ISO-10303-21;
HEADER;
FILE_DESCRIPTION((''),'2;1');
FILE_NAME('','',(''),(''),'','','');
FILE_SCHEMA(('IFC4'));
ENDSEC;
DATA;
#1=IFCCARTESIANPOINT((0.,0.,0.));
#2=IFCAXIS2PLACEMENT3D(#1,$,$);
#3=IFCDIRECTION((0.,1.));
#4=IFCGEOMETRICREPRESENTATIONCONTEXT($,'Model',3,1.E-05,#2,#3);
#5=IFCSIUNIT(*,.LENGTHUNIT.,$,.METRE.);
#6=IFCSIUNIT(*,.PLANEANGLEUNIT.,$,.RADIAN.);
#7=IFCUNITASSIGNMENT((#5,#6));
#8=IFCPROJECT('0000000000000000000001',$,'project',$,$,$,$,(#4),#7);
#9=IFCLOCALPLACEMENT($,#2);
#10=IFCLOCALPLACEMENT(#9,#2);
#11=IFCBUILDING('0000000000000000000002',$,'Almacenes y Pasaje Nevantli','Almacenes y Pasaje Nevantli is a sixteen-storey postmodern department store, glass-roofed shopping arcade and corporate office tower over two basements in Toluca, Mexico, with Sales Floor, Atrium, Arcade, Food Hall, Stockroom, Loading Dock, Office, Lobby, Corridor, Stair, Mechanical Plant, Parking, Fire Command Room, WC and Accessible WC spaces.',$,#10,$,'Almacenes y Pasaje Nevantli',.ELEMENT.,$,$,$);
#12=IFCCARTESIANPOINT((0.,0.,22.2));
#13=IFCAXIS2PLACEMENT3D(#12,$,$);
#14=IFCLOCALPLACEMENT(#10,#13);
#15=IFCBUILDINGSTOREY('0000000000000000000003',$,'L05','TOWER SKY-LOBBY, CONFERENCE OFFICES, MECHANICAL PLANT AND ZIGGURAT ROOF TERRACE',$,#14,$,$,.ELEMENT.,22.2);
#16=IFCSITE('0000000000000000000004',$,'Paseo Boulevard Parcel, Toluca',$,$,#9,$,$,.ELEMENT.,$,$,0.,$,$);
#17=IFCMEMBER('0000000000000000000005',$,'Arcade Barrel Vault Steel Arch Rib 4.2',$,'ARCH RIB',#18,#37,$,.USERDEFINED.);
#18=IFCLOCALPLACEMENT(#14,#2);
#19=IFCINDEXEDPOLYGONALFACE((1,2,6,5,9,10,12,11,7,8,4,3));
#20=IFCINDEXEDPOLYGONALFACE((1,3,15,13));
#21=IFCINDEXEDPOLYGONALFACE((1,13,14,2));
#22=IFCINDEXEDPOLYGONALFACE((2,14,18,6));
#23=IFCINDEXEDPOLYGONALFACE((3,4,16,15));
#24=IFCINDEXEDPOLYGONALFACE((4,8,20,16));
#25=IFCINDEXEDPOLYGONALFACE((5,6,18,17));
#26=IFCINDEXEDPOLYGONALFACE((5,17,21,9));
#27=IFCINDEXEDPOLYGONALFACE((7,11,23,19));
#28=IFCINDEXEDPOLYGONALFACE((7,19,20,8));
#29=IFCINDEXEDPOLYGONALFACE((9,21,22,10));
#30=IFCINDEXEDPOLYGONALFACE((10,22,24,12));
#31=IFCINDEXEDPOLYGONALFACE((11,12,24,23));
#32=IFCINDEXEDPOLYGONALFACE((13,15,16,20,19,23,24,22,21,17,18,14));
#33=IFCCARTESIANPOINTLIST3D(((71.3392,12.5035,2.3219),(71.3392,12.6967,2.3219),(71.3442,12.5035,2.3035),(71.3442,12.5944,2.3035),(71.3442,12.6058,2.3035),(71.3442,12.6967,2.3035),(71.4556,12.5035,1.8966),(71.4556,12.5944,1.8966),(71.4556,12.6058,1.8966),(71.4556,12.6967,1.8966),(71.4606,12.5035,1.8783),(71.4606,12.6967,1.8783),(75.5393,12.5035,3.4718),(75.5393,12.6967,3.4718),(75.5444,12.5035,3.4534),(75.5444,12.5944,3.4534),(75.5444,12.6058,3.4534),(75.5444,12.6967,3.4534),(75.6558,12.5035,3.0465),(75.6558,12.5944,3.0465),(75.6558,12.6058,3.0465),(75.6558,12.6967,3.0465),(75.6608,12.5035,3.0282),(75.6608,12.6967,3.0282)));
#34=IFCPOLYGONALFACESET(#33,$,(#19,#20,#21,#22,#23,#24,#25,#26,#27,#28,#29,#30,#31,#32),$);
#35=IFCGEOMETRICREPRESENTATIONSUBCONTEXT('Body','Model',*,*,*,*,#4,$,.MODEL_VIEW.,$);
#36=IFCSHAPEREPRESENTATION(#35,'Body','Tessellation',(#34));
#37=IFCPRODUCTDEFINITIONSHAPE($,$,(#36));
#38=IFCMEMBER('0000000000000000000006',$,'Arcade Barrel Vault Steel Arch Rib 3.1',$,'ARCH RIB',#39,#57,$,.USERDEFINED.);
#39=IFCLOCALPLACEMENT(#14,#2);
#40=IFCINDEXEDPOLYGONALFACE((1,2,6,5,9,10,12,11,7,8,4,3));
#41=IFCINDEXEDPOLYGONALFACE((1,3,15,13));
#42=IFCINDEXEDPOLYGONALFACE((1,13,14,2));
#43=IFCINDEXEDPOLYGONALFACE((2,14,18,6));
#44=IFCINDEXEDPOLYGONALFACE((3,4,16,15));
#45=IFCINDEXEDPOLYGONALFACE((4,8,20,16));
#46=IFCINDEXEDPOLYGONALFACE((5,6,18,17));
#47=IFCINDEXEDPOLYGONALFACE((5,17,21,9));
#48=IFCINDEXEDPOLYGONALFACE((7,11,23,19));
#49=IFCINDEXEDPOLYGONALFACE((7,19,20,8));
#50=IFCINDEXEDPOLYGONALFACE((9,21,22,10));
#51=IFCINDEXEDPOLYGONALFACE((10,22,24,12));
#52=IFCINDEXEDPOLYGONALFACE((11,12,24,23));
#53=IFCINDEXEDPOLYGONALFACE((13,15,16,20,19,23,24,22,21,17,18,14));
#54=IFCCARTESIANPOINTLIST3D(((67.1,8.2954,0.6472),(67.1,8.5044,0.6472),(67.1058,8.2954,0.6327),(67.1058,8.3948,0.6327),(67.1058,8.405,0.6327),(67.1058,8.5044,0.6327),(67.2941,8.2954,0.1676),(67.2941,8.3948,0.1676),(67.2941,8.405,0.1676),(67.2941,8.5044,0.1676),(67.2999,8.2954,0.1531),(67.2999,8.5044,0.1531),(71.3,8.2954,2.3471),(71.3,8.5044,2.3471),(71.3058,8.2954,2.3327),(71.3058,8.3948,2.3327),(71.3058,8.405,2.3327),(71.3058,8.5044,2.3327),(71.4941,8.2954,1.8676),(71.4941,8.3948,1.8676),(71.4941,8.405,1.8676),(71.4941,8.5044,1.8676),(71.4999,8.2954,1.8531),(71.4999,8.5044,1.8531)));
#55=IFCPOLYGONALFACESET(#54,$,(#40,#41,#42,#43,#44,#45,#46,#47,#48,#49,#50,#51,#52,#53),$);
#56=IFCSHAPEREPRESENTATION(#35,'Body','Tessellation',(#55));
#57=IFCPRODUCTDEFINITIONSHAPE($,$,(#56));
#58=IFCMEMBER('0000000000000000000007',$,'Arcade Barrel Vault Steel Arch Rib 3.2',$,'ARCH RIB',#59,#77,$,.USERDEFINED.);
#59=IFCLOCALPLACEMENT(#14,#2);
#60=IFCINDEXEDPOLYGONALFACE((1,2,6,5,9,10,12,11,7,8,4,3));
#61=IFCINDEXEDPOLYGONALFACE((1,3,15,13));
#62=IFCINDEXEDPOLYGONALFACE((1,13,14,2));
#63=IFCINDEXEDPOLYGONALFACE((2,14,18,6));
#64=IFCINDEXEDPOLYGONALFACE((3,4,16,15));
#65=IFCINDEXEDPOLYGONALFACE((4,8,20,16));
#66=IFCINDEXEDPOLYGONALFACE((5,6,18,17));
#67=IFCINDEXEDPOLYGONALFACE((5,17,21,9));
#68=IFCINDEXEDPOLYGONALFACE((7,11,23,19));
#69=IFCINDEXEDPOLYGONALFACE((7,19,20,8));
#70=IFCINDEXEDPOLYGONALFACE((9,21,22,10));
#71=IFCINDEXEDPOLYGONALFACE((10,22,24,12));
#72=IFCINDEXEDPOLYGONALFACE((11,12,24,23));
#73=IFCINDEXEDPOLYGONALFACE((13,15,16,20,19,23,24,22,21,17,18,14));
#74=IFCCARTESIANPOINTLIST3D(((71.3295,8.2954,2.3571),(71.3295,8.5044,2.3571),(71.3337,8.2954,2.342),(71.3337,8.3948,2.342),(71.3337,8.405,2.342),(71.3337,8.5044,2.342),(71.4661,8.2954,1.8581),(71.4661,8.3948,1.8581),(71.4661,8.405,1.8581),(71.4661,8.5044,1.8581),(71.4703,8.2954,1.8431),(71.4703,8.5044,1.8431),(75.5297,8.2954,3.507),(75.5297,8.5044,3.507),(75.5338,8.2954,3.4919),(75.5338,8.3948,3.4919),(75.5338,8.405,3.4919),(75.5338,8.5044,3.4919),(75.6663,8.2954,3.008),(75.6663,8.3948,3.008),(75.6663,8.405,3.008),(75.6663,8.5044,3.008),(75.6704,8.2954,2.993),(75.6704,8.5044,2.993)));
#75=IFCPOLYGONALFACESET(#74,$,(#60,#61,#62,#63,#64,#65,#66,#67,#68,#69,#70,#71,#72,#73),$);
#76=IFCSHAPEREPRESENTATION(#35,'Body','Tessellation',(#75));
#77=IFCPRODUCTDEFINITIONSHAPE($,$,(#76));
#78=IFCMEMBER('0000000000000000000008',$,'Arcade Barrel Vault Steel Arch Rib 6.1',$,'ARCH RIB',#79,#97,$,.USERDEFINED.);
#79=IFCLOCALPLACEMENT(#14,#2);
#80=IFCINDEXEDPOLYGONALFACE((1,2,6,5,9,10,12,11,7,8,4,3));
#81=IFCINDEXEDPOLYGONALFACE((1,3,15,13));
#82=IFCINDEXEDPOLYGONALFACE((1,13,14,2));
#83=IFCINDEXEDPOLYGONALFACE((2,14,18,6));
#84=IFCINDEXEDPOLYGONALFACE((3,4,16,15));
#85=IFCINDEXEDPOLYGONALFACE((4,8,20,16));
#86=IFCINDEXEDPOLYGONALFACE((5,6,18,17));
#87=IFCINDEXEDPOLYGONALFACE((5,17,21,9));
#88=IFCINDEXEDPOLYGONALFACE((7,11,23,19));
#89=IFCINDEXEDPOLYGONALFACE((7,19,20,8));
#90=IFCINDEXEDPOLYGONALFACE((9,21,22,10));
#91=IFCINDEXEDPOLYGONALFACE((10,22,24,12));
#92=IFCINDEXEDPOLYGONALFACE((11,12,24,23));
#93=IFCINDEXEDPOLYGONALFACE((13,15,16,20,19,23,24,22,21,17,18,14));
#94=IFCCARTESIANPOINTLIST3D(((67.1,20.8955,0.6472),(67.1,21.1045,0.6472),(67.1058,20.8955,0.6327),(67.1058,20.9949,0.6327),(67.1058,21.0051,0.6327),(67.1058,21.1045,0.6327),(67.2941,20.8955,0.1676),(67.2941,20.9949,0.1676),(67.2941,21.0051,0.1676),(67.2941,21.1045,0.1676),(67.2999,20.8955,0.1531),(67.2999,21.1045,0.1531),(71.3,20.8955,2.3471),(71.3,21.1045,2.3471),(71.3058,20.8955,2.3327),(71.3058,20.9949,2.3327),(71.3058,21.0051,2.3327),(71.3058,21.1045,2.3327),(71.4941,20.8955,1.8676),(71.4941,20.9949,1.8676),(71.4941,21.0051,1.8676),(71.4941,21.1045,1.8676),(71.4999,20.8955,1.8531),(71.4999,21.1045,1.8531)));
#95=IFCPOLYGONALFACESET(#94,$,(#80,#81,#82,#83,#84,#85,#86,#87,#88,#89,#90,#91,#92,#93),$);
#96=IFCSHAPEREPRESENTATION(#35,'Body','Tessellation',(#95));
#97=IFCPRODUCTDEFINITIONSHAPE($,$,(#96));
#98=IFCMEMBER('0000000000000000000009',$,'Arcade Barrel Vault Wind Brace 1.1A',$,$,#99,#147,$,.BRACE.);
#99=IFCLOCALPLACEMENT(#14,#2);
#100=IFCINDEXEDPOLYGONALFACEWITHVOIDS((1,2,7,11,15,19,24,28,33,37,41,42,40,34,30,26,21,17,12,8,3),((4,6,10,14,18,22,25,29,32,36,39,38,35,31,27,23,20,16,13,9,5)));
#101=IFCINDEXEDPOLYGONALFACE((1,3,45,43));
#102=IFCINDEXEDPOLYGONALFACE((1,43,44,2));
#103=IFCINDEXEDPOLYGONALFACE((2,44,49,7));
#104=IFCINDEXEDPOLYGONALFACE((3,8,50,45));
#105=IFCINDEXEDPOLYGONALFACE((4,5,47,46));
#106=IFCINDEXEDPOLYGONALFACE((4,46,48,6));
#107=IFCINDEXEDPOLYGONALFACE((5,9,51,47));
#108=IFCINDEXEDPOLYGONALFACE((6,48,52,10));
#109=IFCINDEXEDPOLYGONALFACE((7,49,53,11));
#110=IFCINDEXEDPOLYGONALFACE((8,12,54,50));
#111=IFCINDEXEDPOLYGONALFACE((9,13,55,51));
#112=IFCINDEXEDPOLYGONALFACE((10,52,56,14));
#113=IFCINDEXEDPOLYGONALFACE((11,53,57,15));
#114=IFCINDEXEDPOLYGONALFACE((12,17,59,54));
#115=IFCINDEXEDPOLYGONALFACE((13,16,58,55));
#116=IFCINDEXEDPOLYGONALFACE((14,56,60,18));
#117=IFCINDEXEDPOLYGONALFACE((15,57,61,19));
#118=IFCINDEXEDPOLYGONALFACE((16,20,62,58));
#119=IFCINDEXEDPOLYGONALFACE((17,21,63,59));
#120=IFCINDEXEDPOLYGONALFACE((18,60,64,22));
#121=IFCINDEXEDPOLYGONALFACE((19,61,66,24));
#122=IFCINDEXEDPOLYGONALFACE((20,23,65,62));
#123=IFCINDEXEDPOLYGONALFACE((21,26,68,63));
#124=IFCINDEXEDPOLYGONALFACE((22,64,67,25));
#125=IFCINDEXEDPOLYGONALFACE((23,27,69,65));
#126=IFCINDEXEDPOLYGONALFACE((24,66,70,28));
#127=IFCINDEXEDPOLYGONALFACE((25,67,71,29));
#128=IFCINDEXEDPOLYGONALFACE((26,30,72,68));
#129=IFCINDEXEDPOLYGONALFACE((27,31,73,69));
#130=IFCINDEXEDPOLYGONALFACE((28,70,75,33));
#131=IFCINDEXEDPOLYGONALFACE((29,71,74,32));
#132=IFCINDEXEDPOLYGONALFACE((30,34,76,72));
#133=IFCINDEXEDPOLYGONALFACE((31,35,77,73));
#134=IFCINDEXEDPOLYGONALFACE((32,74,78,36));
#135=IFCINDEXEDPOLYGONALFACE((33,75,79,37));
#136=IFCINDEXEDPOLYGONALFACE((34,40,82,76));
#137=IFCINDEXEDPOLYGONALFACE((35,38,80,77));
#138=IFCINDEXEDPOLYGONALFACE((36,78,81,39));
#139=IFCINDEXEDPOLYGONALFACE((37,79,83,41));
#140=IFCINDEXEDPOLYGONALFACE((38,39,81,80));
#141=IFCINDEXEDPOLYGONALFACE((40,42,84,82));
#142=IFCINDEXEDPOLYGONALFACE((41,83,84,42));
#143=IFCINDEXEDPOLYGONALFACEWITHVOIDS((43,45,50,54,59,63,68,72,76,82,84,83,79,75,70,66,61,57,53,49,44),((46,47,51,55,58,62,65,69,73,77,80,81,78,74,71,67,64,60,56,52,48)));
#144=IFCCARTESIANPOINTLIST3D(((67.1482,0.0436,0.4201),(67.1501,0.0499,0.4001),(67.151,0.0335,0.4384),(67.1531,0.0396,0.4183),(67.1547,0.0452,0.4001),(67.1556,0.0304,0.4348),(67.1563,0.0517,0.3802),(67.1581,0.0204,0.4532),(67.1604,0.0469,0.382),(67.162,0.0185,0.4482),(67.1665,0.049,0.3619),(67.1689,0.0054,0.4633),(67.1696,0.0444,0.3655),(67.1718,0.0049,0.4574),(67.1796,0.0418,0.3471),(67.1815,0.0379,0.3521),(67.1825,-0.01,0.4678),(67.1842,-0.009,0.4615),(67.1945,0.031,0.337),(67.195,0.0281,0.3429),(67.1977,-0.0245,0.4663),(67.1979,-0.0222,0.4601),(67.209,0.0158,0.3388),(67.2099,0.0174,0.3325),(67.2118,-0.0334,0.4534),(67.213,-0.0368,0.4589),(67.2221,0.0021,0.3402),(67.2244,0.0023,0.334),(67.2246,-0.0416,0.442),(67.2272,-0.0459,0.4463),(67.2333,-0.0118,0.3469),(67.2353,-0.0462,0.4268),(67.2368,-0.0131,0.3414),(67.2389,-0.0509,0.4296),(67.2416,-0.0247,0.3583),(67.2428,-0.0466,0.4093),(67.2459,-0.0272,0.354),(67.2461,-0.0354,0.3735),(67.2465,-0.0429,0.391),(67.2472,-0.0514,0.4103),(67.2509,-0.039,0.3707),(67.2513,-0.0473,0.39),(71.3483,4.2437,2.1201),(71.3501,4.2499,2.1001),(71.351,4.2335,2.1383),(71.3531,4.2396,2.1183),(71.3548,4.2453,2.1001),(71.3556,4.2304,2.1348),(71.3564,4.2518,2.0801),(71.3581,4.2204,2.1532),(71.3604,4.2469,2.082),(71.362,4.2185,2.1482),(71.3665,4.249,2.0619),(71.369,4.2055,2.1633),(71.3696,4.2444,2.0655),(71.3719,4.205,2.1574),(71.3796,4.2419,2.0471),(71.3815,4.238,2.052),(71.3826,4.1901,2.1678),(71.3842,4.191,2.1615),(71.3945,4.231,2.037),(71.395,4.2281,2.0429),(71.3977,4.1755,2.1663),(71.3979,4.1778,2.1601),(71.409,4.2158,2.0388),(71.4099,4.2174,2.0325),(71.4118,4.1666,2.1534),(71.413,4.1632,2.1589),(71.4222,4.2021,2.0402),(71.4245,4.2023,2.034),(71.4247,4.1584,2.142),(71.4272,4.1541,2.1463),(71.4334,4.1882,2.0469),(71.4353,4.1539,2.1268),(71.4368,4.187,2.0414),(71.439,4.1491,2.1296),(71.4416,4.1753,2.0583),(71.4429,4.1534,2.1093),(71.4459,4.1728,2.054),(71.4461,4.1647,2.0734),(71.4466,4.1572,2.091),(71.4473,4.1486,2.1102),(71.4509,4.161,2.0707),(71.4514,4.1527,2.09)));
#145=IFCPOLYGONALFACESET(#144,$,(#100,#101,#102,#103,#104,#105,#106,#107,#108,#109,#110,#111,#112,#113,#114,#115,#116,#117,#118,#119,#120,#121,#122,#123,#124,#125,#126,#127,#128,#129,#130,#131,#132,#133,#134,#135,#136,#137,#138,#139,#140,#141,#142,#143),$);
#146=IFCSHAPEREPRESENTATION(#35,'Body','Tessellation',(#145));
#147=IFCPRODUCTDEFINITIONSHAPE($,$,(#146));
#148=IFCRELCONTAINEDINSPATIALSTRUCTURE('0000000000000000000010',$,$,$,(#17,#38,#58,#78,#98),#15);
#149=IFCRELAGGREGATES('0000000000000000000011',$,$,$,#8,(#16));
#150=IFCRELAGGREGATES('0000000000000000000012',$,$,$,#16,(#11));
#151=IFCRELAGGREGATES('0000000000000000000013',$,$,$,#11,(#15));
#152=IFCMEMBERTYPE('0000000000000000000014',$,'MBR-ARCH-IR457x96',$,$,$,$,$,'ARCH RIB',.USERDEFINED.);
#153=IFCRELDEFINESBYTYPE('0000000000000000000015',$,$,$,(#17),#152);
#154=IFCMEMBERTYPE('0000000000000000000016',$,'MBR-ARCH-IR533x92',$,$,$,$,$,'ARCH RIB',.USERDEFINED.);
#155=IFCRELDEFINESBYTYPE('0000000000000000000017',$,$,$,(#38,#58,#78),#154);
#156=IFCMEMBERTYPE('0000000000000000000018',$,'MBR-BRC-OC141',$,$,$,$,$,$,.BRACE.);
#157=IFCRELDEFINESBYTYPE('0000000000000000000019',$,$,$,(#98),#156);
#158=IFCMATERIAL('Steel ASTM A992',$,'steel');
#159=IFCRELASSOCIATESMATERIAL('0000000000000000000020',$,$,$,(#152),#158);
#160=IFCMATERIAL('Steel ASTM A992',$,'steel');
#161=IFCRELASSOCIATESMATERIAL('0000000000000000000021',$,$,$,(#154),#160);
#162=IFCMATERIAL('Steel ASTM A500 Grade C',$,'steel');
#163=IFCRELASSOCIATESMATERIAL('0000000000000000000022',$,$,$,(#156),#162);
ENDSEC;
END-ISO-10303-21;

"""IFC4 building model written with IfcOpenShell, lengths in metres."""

from ifc_helpers import new_model, si_unit, direction, frame, origin, origin_2d, place, context, subcontext, project, spatial, hollow_circle, i_section, extrude, material, material_profile, profile_set, type_object, element, save


model = new_model("IFC4")

# Units and contexts
model_context = context("Model", 3, precision=1e-05, world=origin(), true_north=direction((0.0, 1.0)))
body_context = subcontext(model_context, "Body", "Model", "MODEL_VIEW")
ifc_project = project(units=[si_unit("LENGTHUNIT", "METRE"), si_unit("PLANEANGLEUNIT", "RADIAN")], contexts=[model_context])

# Site, building, storey
site_placement = place(None, origin())
site = spatial("IfcSite", under=ifc_project, at=site_placement, Name="Paseo Boulevard Parcel, Toluca", CompositionType="ELEMENT", RefElevation=0.0)
building_placement = place(site_placement, origin())
building = spatial("IfcBuilding", under=site, at=building_placement, Name="Almacenes y Pasaje Nevantli", Description="Almacenes y Pasaje Nevantli is a sixteen-storey postmodern department store, glass-roofed shopping arcade and corporate office tower over two basements in Toluca, Mexico, with Sales Floor, Atrium, Arcade, Food Hall, Stockroom, Loading Dock, Office, Lobby, Corridor, Stair, Mechanical Plant, Parking, Fire Command Room, WC and Accessible WC spaces.", LongName="Almacenes y Pasaje Nevantli", CompositionType="ELEMENT")
storey_placement = place(building_placement, frame((0.0, 0.0, 22.2)))
storey = spatial("IfcBuildingStorey", under=building, at=storey_placement, Name="L05", Description="TOWER SKY-LOBBY, CONFERENCE OFFICES, MECHANICAL PLANT AND ZIGGURAT ROOF TERRACE", CompositionType="ELEMENT", Elevation=22.2)

# Members
ifc_material_1 = material(Name="Steel ASTM A992", Category="steel")
ifc_material_profile_1 = material_profile(ifc_material_1, i_section(OverallWidth=0.1931, OverallDepth=0.46, WebThickness=0.0115, FlangeThickness=0.019, at=origin_2d()), Name="IR 457x96.7")
ifc_profile_set_1 = profile_set([ifc_material_profile_1], Name="Steel ASTM A992")
member_type_1 = type_object("IfcMemberType", Name="MBR-ARCH-IR457x96", ElementType="ARCH RIB", PredefinedType="USERDEFINED", material=ifc_profile_set_1)
member_1_placement = place(storey_placement, frame((71.3999, 12.6001, 2.1001), z_axis=(0.964507, 0.0, 0.264057), x_axis=(0.0, 1.0, 0.0)))
element("IfcMember", 1, at=member_1_placement, inside=storey, type_object=member_type_1, Name="Arcade Barrel Vault Steel Arch Rib 4.2", ObjectType="ARCH RIB", PredefinedType="USERDEFINED", context=body_context, shape_type="SweptSolid", body=[
    extrude(i_section(OverallWidth=0.1931, OverallDepth=0.46, WebThickness=0.0115, FlangeThickness=0.019, at=origin_2d()), origin(), (0.0, 0.0, 1.0), 4.3547),
])
ifc_material_2 = material(Name="Steel ASTM A992", Category="steel")
ifc_material_profile_2 = material_profile(ifc_material_2, i_section(OverallWidth=0.209, OverallDepth=0.533, WebThickness=0.0103, FlangeThickness=0.0156, at=origin_2d()), Name="IR 533x92.5")
ifc_profile_set_2 = profile_set([ifc_material_profile_2], Name="Steel ASTM A992")
member_type_2 = type_object("IfcMemberType", Name="MBR-ARCH-IR533x92", ElementType="ARCH RIB", PredefinedType="USERDEFINED", material=ifc_profile_set_2)
member_2_placement = place(storey_placement, frame((67.2, 8.3999, 0.4001), z_axis=(0.926949, 0.0, 0.375187), x_axis=(0.0, 1.0, 0.0)))
element("IfcMember", 2, at=member_2_placement, inside=storey, type_object=member_type_2, Name="Arcade Barrel Vault Steel Arch Rib 3.1", ObjectType="ARCH RIB", PredefinedType="USERDEFINED", context=body_context, shape_type="SweptSolid", body=[
    extrude(i_section(OverallWidth=0.209, OverallDepth=0.533, WebThickness=0.0103, FlangeThickness=0.0156, at=origin_2d()), origin(), (0.0, 0.0, 1.0), 4.531),
])
member_3_placement = place(storey_placement, frame((71.3999, 8.3999, 2.1001), z_axis=(0.964507, 0.0, 0.264057), x_axis=(0.0, 1.0, 0.0)))
element("IfcMember", 3, at=member_3_placement, inside=storey, type_object=member_type_2, Name="Arcade Barrel Vault Steel Arch Rib 3.2", ObjectType="ARCH RIB", PredefinedType="USERDEFINED", context=body_context, shape_type="SweptSolid", body=[
    extrude(i_section(OverallWidth=0.209, OverallDepth=0.533, WebThickness=0.0103, FlangeThickness=0.0156, at=origin_2d()), origin(), (0.0, 0.0, 1.0), 4.3547),
])
member_4_placement = place(storey_placement, frame((67.2, 21.0, 0.4001), z_axis=(0.926949, 0.0, 0.375187), x_axis=(0.0, 1.0, 0.0)))
element("IfcMember", 4, at=member_4_placement, inside=storey, type_object=member_type_2, Name="Arcade Barrel Vault Steel Arch Rib 6.1", ObjectType="ARCH RIB", PredefinedType="USERDEFINED", context=body_context, shape_type="SweptSolid", body=[
    extrude(i_section(OverallWidth=0.209, OverallDepth=0.533, WebThickness=0.0103, FlangeThickness=0.0156, at=origin_2d()), origin(), (0.0, 0.0, 1.0), 4.531),
])
ifc_material_3 = material(Name="Steel ASTM A500 Grade C", Category="steel")
ifc_material_profile_3 = material_profile(ifc_material_3, hollow_circle(Radius=0.0706, WallThickness=0.0066, at=origin_2d()), Name="OC 141x6.6")
ifc_profile_set_3 = profile_set([ifc_material_profile_3], Name="Steel ASTM A500 Grade C")
member_type_3 = type_object("IfcMemberType", Name="MBR-BRC-OC141", PredefinedType="BRACE", material=ifc_profile_set_3)
for number, where, z_axis, x_axis, name in (
    (5, (67.2, 0.0, 0.4001), (0.679812, 0.679812, 0.275157), (-0.707107, 0.707107, 0.0), "Arcade Barrel Vault Wind Brace 1.1A"),
):
    element("IfcMember", number, at=place(storey_placement, frame(where, z_axis=z_axis, x_axis=x_axis)), inside=storey, type_object=member_type_3, Name=name, PredefinedType="BRACE", context=body_context, shape_type="SweptSolid", body=[
        extrude(hollow_circle(Radius=0.0706, WallThickness=0.0066, at=origin_2d()), origin(), (0.0, 0.0, 1.0), 6.1782),
    ])

save(model, "model.ifc")
